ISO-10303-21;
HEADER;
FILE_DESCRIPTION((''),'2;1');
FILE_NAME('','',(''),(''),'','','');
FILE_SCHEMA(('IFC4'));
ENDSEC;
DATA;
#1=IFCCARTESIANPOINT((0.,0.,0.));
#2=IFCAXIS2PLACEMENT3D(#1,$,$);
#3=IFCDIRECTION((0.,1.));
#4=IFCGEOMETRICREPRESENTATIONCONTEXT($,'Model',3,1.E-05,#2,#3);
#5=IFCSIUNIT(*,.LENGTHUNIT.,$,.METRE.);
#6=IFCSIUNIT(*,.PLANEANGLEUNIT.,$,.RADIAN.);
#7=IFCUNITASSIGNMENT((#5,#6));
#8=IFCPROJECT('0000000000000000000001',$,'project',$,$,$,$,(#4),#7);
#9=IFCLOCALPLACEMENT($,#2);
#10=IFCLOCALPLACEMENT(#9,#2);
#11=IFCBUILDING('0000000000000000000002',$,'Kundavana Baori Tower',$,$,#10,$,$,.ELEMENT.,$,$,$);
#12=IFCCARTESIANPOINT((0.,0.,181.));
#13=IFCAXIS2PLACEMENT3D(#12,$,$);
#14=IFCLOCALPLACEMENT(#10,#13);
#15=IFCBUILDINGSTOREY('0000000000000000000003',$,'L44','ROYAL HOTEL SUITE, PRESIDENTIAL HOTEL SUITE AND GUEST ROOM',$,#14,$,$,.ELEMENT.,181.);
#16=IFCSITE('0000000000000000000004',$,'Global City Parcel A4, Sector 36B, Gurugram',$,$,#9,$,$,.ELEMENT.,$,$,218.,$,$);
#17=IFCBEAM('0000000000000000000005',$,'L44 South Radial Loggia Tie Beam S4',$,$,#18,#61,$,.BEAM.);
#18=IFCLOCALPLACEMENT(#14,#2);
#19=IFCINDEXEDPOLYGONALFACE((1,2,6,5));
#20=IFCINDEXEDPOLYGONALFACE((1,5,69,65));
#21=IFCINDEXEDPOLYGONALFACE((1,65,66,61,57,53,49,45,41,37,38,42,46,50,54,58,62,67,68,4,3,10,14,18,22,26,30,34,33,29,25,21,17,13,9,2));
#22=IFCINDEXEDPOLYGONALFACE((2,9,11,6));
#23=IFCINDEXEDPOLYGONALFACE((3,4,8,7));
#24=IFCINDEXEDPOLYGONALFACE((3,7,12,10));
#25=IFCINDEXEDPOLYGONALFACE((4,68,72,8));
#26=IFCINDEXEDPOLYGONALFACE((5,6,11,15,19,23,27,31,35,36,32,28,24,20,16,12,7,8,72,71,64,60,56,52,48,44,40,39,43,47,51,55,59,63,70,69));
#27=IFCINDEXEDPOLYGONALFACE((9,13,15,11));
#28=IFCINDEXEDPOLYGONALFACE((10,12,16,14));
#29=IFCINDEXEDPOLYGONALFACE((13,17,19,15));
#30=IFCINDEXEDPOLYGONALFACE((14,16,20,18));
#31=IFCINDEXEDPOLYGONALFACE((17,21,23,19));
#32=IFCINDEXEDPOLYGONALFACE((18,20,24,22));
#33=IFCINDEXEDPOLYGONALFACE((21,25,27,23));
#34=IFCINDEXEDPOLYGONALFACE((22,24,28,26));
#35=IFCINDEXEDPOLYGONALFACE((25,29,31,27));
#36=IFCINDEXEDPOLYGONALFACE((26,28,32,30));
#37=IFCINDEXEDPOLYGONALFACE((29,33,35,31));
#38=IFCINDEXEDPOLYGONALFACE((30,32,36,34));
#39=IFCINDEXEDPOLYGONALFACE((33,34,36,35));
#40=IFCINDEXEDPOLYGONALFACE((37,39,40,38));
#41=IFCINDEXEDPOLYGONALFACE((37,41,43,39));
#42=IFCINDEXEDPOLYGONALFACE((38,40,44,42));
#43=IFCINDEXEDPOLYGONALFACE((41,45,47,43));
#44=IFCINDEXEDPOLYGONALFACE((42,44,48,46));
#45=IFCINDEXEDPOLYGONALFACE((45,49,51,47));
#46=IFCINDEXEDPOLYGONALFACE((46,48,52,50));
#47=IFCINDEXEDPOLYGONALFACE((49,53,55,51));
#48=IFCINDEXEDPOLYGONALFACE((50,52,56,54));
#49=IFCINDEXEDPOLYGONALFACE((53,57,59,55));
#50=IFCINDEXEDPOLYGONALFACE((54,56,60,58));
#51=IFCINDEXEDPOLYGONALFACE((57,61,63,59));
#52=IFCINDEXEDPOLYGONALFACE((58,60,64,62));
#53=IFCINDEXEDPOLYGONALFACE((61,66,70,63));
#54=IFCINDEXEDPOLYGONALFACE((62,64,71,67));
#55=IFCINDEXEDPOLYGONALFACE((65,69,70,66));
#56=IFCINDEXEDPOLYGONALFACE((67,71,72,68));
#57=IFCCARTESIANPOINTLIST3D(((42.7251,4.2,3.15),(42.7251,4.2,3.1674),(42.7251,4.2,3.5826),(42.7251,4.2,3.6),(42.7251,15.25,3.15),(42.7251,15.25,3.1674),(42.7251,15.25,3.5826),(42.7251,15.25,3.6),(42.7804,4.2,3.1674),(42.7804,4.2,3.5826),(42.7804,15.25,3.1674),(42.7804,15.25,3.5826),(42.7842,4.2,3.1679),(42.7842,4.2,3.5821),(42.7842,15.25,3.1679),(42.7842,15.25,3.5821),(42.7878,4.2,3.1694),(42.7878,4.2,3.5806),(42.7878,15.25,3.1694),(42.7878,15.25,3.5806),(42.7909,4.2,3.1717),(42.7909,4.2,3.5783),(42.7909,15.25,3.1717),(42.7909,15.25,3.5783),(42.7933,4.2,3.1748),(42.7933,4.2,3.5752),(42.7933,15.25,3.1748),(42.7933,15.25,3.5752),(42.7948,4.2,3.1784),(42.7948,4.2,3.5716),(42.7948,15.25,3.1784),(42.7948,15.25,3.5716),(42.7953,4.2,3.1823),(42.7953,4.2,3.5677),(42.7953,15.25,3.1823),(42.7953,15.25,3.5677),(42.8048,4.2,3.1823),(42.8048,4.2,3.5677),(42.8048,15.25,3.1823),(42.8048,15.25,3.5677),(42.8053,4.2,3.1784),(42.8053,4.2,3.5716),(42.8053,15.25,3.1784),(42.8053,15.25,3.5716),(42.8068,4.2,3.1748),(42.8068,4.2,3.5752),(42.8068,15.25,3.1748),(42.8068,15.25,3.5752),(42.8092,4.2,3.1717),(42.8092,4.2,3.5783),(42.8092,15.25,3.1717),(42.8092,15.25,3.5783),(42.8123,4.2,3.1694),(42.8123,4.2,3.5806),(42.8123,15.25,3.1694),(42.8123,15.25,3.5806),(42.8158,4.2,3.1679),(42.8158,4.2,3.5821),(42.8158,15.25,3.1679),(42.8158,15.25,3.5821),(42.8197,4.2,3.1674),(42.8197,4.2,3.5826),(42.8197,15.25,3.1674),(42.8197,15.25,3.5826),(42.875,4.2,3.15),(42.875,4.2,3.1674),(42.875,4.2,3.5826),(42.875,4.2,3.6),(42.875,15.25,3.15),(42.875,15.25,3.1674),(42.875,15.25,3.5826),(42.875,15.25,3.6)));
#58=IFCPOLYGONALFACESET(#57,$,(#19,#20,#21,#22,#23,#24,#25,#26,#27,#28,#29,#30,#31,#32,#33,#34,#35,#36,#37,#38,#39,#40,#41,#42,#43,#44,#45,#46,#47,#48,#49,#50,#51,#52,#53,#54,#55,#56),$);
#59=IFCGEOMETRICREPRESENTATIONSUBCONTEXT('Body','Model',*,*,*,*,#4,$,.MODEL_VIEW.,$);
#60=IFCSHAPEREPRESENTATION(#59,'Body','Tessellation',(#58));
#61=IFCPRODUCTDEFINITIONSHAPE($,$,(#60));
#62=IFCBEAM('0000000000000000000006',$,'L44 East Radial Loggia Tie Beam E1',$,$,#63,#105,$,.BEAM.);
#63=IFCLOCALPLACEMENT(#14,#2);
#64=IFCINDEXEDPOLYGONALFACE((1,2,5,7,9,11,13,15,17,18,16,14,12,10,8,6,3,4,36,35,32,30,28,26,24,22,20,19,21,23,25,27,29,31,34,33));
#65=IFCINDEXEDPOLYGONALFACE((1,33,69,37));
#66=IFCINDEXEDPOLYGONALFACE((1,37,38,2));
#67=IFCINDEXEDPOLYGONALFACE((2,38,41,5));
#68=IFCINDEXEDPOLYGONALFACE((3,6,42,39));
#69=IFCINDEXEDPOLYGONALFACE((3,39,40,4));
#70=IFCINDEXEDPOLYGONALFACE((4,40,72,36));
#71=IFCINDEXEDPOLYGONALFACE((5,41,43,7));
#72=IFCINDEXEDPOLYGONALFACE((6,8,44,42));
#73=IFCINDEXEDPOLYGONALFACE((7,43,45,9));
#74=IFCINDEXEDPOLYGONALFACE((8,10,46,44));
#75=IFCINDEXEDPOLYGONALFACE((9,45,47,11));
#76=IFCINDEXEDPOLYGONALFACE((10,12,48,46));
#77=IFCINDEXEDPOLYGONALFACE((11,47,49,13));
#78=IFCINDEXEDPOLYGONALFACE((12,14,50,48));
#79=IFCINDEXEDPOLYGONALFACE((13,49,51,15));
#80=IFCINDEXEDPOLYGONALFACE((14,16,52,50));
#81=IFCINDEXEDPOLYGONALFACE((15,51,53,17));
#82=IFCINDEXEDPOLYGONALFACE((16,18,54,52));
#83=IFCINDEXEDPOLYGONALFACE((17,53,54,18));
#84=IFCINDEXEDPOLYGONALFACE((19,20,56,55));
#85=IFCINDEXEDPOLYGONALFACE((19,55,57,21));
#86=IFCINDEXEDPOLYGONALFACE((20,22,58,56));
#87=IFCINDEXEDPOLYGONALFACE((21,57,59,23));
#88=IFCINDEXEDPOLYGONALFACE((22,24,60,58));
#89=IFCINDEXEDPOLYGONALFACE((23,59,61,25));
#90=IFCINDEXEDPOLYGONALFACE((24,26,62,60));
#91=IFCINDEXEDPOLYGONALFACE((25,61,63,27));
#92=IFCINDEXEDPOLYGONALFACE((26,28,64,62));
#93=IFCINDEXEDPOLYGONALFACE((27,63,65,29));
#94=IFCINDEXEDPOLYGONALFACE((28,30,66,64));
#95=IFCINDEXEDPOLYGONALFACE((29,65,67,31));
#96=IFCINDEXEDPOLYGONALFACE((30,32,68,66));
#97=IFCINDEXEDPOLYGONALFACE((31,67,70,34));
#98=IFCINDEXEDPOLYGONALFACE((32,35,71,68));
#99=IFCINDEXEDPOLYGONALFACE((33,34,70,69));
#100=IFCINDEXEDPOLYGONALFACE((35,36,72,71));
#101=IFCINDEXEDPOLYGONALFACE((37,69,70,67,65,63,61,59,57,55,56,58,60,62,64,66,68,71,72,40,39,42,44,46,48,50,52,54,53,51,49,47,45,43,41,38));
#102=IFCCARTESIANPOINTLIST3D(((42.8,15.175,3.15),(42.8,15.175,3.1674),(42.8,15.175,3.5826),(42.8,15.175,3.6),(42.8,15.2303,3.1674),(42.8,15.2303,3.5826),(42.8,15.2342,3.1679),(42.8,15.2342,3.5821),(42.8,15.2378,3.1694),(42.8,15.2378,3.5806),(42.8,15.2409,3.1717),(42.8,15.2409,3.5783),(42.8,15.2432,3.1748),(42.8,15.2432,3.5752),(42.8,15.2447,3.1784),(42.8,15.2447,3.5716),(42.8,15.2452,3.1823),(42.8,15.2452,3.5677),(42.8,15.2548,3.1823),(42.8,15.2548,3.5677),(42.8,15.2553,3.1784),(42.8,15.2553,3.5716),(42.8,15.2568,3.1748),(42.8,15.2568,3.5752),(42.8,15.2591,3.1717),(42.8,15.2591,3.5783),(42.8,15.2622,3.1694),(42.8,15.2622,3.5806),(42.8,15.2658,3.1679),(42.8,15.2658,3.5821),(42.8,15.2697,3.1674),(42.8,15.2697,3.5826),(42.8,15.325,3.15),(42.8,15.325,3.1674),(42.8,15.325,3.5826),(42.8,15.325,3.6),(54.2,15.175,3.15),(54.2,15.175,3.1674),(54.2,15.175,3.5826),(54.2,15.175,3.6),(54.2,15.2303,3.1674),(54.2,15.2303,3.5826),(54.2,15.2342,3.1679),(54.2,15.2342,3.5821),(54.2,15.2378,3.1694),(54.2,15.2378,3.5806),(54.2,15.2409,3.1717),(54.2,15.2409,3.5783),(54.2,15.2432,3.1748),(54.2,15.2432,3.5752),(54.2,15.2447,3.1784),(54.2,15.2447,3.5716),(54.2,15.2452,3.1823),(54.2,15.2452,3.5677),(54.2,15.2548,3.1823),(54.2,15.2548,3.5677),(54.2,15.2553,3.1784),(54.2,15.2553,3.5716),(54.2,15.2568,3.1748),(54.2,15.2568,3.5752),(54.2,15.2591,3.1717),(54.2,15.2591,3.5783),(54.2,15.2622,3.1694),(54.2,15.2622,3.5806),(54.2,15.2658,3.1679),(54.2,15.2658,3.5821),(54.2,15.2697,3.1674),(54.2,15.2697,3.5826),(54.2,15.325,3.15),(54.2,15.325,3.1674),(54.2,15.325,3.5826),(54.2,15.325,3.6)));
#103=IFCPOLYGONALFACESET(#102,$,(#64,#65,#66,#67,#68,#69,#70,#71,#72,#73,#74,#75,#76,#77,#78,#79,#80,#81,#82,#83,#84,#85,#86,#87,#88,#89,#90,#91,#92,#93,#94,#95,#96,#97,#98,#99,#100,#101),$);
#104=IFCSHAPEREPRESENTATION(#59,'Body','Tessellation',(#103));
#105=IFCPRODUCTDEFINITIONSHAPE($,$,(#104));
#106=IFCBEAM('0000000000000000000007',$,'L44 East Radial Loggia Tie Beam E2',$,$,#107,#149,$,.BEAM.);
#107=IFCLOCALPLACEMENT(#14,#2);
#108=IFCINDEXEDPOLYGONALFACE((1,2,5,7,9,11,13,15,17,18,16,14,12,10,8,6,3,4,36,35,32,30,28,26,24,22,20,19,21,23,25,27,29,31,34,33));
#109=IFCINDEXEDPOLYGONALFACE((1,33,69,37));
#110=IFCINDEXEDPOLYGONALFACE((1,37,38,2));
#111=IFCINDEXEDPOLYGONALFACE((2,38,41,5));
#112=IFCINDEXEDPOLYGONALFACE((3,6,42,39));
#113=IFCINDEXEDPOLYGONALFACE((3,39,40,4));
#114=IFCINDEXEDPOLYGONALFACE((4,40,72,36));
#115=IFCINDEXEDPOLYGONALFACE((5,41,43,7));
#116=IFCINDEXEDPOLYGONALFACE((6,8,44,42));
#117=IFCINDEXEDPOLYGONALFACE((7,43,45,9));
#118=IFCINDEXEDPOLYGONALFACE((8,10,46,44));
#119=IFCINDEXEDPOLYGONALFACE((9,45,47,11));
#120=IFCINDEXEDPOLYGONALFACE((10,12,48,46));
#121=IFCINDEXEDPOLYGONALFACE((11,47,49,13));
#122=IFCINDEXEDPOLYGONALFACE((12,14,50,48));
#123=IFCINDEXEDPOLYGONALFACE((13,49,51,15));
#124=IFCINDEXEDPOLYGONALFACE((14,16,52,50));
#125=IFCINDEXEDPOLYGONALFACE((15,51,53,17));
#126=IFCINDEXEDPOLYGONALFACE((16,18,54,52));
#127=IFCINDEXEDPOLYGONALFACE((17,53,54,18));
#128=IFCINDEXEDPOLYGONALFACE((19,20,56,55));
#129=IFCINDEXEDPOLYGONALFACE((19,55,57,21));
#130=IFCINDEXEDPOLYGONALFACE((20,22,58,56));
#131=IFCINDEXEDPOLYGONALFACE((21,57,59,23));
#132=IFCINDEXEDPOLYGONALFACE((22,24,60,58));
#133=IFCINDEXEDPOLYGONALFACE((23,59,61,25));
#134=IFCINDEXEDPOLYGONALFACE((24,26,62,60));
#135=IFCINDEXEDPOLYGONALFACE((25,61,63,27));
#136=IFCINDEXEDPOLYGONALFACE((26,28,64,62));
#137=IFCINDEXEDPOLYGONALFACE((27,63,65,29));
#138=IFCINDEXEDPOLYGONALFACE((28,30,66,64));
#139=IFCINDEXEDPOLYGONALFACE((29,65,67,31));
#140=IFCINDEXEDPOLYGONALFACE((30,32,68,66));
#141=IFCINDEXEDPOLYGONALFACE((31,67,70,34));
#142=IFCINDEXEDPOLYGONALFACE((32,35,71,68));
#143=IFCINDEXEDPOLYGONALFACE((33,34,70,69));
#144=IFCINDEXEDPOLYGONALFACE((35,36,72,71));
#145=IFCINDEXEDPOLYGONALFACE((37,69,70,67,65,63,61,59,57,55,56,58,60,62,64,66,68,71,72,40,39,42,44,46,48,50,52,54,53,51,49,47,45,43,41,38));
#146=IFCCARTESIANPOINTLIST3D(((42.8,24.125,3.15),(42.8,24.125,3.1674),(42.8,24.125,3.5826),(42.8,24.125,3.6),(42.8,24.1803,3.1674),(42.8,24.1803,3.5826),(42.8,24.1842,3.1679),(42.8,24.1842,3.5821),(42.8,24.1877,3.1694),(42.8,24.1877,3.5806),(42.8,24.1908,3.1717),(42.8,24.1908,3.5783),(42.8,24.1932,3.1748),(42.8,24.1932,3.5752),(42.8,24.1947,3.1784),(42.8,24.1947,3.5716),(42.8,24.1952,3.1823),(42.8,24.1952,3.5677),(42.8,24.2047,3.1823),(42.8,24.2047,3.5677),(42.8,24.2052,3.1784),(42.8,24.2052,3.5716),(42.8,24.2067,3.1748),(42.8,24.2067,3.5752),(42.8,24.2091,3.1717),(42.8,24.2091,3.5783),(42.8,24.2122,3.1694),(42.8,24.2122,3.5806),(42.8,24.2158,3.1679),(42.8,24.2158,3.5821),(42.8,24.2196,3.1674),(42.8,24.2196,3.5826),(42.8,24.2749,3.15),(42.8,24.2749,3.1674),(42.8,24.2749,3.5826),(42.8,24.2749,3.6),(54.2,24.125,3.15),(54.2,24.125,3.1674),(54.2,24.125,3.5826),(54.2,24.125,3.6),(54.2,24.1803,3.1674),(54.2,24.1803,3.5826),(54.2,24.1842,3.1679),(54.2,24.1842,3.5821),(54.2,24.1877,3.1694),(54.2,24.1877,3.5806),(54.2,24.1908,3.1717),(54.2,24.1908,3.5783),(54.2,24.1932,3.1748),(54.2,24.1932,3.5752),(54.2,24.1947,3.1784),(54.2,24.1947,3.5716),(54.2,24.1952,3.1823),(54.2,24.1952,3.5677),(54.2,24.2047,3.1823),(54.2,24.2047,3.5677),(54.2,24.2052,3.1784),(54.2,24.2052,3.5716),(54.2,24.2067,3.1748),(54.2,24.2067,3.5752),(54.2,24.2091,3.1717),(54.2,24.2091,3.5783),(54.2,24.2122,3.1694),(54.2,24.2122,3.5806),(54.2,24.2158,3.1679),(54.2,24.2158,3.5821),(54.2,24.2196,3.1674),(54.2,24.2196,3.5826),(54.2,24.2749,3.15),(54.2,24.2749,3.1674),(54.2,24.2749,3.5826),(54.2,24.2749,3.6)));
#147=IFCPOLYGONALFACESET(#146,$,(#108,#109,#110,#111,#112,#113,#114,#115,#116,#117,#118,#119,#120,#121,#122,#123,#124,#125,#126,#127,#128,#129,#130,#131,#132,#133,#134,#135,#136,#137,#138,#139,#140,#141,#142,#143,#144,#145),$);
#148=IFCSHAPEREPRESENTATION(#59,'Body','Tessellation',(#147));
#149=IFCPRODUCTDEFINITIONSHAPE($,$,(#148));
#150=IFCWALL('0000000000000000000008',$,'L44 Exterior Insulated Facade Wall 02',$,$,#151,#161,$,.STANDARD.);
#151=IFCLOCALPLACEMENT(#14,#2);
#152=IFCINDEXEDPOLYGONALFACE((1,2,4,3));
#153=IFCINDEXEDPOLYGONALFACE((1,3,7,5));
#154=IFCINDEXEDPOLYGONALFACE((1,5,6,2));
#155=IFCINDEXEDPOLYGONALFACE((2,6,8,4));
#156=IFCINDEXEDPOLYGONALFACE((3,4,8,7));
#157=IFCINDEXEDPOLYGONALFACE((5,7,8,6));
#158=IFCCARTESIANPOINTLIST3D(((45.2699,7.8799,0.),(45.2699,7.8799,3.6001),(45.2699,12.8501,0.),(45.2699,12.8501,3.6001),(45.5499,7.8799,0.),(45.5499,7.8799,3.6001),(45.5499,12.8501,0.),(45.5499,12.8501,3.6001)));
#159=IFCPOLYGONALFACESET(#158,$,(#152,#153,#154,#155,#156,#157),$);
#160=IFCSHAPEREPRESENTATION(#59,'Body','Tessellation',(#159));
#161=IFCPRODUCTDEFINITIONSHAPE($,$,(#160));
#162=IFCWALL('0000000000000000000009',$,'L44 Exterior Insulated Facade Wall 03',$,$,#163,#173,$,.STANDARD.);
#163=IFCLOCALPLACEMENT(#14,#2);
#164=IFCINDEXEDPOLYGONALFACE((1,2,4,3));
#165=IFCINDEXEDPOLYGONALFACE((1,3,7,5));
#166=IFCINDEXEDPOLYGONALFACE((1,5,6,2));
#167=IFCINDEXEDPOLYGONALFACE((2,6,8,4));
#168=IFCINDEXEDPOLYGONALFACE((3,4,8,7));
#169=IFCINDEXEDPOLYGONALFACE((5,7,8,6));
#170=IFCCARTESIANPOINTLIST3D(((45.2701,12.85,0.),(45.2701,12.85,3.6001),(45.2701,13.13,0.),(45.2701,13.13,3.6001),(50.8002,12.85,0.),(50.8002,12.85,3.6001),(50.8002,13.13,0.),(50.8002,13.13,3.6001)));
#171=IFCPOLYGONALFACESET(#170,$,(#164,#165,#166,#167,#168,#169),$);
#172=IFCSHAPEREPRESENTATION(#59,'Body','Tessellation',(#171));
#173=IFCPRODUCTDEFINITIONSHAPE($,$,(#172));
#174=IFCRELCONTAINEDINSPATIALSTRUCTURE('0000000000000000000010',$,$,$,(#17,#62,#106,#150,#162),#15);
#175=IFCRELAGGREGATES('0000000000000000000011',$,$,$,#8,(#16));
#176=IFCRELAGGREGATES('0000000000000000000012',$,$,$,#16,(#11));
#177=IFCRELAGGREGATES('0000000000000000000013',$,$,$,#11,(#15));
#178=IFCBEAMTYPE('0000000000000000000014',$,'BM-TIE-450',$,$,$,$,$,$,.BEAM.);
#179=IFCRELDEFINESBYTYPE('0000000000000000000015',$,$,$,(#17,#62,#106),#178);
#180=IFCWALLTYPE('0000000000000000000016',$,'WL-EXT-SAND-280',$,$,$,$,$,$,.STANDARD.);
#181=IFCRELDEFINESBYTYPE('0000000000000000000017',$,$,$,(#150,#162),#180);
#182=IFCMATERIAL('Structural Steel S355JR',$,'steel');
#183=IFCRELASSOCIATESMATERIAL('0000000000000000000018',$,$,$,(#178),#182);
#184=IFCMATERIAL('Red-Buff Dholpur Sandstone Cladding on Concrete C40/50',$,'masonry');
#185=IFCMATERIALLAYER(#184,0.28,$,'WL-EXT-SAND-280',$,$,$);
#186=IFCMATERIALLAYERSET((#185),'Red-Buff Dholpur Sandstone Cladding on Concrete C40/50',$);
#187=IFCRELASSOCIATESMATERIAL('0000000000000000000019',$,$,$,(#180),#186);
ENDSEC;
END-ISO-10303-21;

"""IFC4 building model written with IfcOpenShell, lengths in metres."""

from ifc_helpers import new_model, si_unit, direction, frame, frame_2d, origin, origin_2d, place, context, subcontext, project, spatial, rectangle, i_section, extrude, material, layer, layer_set, material_profile, profile_set, type_object, element, save


model = new_model("IFC4")

# Units and contexts
model_context = context("Model", 3, precision=1e-05, world=origin(), true_north=direction((0.0, 1.0)))
body_context = subcontext(model_context, "Body", "Model", "MODEL_VIEW")
ifc_project = project(units=[si_unit("LENGTHUNIT", "METRE"), si_unit("PLANEANGLEUNIT", "RADIAN")], contexts=[model_context])

# Site, building, storey
site_placement = place(None, origin())
site = spatial("IfcSite", under=ifc_project, at=site_placement, Name="Global City Parcel A4, Sector 36B, Gurugram", CompositionType="ELEMENT", RefElevation=218.0)
building_placement = place(site_placement, origin())
building = spatial("IfcBuilding", under=site, at=building_placement, Name="Kundavana Baori Tower", CompositionType="ELEMENT")
storey_placement = place(building_placement, frame((0.0, 0.0, 181.0)))
storey = spatial("IfcBuildingStorey", under=building, at=storey_placement, Name="L44", Description="ROYAL HOTEL SUITE, PRESIDENTIAL HOTEL SUITE AND GUEST ROOM", CompositionType="ELEMENT", Elevation=181.0)

# Beams
ifc_material_1 = material(Name="Structural Steel S355JR", Category="steel")
ifc_material_profile_1 = material_profile(ifc_material_1, i_section(OverallWidth=0.1499, OverallDepth=0.45, WebThickness=0.0095, FlangeThickness=0.0173, FilletRadius=0.0149, at=origin_2d()), Name="ISMB 450")
ifc_profile_set_1 = profile_set([ifc_material_profile_1], Name="Structural Steel S355JR")
beam_type_1 = type_object("IfcBeamType", Name="BM-TIE-450", PredefinedType="BEAM", material=ifc_profile_set_1)
beam_1_placement = place(storey_placement, frame((42.8, 15.25, 3.375), z_axis=(0.0, -1.0, 0.0), x_axis=(1.0, 0.0, 0.0)))
element("IfcBeam", 1, at=beam_1_placement, inside=storey, type_object=beam_type_1, Name="L44 South Radial Loggia Tie Beam S4", PredefinedType="BEAM", context=body_context, shape_type="SweptSolid", body=[
    extrude(i_section(OverallWidth=0.1499, OverallDepth=0.45, WebThickness=0.0095, FlangeThickness=0.0173, FilletRadius=0.0149, at=origin_2d()), origin(), (0.0, 0.0, 1.0), 11.05),
])
for number, where, z_axis, x_axis, name in (
    (2, (42.8, 15.25, 3.375), (1.0, 0.0, 0.0), (0.0, 1.0, 0.0), "L44 East Radial Loggia Tie Beam E1"),
    (3, (42.8, 24.2, 3.375), (1.0, 0.0, 0.0), (0.0, 1.0, 0.0), "L44 East Radial Loggia Tie Beam E2"),
):
    element("IfcBeam", number, at=place(storey_placement, frame(where, z_axis=z_axis, x_axis=x_axis)), inside=storey, type_object=beam_type_1, Name=name, PredefinedType="BEAM", context=body_context, shape_type="SweptSolid", body=[
        extrude(i_section(OverallWidth=0.1499, OverallDepth=0.45, WebThickness=0.0095, FlangeThickness=0.0173, FilletRadius=0.0149, at=origin_2d()), origin(), (0.0, 0.0, 1.0), 11.3999),
    ])

# Walls
ifc_material_2 = material(Name="Red-Buff Dholpur Sandstone Cladding on Concrete C40/50", Category="masonry")
ifc_layer_1 = layer(ifc_material_2, 0.28, Name="WL-EXT-SAND-280")
ifc_layer_set_1 = layer_set([ifc_layer_1], Name="Red-Buff Dholpur Sandstone Cladding on Concrete C40/50")
wall_type_1 = type_object("IfcWallType", Name="WL-EXT-SAND-280", PredefinedType="STANDARD", material=ifc_layer_set_1)
wall_1_placement = place(storey_placement, frame((45.4099, 7.8799, 0.0), z_axis=(0.0, 0.0, 1.0), x_axis=(0.0, 1.0, 0.0)))
element("IfcWall", 4, at=wall_1_placement, inside=storey, type_object=wall_type_1, Name="L44 Exterior Insulated Facade Wall 02", PredefinedType="STANDARD", context=body_context, shape_type="SweptSolid", body=[
    extrude(rectangle(XDim=4.9702, YDim=0.28, at=frame_2d((2.4851, 0.0))), origin(), (0.0, 0.0, 1.0), 3.6001),
])
wall_2_placement = place(storey_placement, frame((45.27, 12.99, 0.0), z_axis=(0.0, 0.0, 1.0), x_axis=(1.0, 0.0, 0.0)))
element("IfcWall", 5, at=wall_2_placement, inside=storey, type_object=wall_type_1, Name="L44 Exterior Insulated Facade Wall 03", PredefinedType="STANDARD", context=body_context, shape_type="SweptSolid", body=[
    extrude(rectangle(XDim=5.53, YDim=0.28, at=frame_2d((2.7651, 0.0))), origin(), (0.0, 0.0, 1.0), 3.6001),
])

save(model, "model.ifc")
